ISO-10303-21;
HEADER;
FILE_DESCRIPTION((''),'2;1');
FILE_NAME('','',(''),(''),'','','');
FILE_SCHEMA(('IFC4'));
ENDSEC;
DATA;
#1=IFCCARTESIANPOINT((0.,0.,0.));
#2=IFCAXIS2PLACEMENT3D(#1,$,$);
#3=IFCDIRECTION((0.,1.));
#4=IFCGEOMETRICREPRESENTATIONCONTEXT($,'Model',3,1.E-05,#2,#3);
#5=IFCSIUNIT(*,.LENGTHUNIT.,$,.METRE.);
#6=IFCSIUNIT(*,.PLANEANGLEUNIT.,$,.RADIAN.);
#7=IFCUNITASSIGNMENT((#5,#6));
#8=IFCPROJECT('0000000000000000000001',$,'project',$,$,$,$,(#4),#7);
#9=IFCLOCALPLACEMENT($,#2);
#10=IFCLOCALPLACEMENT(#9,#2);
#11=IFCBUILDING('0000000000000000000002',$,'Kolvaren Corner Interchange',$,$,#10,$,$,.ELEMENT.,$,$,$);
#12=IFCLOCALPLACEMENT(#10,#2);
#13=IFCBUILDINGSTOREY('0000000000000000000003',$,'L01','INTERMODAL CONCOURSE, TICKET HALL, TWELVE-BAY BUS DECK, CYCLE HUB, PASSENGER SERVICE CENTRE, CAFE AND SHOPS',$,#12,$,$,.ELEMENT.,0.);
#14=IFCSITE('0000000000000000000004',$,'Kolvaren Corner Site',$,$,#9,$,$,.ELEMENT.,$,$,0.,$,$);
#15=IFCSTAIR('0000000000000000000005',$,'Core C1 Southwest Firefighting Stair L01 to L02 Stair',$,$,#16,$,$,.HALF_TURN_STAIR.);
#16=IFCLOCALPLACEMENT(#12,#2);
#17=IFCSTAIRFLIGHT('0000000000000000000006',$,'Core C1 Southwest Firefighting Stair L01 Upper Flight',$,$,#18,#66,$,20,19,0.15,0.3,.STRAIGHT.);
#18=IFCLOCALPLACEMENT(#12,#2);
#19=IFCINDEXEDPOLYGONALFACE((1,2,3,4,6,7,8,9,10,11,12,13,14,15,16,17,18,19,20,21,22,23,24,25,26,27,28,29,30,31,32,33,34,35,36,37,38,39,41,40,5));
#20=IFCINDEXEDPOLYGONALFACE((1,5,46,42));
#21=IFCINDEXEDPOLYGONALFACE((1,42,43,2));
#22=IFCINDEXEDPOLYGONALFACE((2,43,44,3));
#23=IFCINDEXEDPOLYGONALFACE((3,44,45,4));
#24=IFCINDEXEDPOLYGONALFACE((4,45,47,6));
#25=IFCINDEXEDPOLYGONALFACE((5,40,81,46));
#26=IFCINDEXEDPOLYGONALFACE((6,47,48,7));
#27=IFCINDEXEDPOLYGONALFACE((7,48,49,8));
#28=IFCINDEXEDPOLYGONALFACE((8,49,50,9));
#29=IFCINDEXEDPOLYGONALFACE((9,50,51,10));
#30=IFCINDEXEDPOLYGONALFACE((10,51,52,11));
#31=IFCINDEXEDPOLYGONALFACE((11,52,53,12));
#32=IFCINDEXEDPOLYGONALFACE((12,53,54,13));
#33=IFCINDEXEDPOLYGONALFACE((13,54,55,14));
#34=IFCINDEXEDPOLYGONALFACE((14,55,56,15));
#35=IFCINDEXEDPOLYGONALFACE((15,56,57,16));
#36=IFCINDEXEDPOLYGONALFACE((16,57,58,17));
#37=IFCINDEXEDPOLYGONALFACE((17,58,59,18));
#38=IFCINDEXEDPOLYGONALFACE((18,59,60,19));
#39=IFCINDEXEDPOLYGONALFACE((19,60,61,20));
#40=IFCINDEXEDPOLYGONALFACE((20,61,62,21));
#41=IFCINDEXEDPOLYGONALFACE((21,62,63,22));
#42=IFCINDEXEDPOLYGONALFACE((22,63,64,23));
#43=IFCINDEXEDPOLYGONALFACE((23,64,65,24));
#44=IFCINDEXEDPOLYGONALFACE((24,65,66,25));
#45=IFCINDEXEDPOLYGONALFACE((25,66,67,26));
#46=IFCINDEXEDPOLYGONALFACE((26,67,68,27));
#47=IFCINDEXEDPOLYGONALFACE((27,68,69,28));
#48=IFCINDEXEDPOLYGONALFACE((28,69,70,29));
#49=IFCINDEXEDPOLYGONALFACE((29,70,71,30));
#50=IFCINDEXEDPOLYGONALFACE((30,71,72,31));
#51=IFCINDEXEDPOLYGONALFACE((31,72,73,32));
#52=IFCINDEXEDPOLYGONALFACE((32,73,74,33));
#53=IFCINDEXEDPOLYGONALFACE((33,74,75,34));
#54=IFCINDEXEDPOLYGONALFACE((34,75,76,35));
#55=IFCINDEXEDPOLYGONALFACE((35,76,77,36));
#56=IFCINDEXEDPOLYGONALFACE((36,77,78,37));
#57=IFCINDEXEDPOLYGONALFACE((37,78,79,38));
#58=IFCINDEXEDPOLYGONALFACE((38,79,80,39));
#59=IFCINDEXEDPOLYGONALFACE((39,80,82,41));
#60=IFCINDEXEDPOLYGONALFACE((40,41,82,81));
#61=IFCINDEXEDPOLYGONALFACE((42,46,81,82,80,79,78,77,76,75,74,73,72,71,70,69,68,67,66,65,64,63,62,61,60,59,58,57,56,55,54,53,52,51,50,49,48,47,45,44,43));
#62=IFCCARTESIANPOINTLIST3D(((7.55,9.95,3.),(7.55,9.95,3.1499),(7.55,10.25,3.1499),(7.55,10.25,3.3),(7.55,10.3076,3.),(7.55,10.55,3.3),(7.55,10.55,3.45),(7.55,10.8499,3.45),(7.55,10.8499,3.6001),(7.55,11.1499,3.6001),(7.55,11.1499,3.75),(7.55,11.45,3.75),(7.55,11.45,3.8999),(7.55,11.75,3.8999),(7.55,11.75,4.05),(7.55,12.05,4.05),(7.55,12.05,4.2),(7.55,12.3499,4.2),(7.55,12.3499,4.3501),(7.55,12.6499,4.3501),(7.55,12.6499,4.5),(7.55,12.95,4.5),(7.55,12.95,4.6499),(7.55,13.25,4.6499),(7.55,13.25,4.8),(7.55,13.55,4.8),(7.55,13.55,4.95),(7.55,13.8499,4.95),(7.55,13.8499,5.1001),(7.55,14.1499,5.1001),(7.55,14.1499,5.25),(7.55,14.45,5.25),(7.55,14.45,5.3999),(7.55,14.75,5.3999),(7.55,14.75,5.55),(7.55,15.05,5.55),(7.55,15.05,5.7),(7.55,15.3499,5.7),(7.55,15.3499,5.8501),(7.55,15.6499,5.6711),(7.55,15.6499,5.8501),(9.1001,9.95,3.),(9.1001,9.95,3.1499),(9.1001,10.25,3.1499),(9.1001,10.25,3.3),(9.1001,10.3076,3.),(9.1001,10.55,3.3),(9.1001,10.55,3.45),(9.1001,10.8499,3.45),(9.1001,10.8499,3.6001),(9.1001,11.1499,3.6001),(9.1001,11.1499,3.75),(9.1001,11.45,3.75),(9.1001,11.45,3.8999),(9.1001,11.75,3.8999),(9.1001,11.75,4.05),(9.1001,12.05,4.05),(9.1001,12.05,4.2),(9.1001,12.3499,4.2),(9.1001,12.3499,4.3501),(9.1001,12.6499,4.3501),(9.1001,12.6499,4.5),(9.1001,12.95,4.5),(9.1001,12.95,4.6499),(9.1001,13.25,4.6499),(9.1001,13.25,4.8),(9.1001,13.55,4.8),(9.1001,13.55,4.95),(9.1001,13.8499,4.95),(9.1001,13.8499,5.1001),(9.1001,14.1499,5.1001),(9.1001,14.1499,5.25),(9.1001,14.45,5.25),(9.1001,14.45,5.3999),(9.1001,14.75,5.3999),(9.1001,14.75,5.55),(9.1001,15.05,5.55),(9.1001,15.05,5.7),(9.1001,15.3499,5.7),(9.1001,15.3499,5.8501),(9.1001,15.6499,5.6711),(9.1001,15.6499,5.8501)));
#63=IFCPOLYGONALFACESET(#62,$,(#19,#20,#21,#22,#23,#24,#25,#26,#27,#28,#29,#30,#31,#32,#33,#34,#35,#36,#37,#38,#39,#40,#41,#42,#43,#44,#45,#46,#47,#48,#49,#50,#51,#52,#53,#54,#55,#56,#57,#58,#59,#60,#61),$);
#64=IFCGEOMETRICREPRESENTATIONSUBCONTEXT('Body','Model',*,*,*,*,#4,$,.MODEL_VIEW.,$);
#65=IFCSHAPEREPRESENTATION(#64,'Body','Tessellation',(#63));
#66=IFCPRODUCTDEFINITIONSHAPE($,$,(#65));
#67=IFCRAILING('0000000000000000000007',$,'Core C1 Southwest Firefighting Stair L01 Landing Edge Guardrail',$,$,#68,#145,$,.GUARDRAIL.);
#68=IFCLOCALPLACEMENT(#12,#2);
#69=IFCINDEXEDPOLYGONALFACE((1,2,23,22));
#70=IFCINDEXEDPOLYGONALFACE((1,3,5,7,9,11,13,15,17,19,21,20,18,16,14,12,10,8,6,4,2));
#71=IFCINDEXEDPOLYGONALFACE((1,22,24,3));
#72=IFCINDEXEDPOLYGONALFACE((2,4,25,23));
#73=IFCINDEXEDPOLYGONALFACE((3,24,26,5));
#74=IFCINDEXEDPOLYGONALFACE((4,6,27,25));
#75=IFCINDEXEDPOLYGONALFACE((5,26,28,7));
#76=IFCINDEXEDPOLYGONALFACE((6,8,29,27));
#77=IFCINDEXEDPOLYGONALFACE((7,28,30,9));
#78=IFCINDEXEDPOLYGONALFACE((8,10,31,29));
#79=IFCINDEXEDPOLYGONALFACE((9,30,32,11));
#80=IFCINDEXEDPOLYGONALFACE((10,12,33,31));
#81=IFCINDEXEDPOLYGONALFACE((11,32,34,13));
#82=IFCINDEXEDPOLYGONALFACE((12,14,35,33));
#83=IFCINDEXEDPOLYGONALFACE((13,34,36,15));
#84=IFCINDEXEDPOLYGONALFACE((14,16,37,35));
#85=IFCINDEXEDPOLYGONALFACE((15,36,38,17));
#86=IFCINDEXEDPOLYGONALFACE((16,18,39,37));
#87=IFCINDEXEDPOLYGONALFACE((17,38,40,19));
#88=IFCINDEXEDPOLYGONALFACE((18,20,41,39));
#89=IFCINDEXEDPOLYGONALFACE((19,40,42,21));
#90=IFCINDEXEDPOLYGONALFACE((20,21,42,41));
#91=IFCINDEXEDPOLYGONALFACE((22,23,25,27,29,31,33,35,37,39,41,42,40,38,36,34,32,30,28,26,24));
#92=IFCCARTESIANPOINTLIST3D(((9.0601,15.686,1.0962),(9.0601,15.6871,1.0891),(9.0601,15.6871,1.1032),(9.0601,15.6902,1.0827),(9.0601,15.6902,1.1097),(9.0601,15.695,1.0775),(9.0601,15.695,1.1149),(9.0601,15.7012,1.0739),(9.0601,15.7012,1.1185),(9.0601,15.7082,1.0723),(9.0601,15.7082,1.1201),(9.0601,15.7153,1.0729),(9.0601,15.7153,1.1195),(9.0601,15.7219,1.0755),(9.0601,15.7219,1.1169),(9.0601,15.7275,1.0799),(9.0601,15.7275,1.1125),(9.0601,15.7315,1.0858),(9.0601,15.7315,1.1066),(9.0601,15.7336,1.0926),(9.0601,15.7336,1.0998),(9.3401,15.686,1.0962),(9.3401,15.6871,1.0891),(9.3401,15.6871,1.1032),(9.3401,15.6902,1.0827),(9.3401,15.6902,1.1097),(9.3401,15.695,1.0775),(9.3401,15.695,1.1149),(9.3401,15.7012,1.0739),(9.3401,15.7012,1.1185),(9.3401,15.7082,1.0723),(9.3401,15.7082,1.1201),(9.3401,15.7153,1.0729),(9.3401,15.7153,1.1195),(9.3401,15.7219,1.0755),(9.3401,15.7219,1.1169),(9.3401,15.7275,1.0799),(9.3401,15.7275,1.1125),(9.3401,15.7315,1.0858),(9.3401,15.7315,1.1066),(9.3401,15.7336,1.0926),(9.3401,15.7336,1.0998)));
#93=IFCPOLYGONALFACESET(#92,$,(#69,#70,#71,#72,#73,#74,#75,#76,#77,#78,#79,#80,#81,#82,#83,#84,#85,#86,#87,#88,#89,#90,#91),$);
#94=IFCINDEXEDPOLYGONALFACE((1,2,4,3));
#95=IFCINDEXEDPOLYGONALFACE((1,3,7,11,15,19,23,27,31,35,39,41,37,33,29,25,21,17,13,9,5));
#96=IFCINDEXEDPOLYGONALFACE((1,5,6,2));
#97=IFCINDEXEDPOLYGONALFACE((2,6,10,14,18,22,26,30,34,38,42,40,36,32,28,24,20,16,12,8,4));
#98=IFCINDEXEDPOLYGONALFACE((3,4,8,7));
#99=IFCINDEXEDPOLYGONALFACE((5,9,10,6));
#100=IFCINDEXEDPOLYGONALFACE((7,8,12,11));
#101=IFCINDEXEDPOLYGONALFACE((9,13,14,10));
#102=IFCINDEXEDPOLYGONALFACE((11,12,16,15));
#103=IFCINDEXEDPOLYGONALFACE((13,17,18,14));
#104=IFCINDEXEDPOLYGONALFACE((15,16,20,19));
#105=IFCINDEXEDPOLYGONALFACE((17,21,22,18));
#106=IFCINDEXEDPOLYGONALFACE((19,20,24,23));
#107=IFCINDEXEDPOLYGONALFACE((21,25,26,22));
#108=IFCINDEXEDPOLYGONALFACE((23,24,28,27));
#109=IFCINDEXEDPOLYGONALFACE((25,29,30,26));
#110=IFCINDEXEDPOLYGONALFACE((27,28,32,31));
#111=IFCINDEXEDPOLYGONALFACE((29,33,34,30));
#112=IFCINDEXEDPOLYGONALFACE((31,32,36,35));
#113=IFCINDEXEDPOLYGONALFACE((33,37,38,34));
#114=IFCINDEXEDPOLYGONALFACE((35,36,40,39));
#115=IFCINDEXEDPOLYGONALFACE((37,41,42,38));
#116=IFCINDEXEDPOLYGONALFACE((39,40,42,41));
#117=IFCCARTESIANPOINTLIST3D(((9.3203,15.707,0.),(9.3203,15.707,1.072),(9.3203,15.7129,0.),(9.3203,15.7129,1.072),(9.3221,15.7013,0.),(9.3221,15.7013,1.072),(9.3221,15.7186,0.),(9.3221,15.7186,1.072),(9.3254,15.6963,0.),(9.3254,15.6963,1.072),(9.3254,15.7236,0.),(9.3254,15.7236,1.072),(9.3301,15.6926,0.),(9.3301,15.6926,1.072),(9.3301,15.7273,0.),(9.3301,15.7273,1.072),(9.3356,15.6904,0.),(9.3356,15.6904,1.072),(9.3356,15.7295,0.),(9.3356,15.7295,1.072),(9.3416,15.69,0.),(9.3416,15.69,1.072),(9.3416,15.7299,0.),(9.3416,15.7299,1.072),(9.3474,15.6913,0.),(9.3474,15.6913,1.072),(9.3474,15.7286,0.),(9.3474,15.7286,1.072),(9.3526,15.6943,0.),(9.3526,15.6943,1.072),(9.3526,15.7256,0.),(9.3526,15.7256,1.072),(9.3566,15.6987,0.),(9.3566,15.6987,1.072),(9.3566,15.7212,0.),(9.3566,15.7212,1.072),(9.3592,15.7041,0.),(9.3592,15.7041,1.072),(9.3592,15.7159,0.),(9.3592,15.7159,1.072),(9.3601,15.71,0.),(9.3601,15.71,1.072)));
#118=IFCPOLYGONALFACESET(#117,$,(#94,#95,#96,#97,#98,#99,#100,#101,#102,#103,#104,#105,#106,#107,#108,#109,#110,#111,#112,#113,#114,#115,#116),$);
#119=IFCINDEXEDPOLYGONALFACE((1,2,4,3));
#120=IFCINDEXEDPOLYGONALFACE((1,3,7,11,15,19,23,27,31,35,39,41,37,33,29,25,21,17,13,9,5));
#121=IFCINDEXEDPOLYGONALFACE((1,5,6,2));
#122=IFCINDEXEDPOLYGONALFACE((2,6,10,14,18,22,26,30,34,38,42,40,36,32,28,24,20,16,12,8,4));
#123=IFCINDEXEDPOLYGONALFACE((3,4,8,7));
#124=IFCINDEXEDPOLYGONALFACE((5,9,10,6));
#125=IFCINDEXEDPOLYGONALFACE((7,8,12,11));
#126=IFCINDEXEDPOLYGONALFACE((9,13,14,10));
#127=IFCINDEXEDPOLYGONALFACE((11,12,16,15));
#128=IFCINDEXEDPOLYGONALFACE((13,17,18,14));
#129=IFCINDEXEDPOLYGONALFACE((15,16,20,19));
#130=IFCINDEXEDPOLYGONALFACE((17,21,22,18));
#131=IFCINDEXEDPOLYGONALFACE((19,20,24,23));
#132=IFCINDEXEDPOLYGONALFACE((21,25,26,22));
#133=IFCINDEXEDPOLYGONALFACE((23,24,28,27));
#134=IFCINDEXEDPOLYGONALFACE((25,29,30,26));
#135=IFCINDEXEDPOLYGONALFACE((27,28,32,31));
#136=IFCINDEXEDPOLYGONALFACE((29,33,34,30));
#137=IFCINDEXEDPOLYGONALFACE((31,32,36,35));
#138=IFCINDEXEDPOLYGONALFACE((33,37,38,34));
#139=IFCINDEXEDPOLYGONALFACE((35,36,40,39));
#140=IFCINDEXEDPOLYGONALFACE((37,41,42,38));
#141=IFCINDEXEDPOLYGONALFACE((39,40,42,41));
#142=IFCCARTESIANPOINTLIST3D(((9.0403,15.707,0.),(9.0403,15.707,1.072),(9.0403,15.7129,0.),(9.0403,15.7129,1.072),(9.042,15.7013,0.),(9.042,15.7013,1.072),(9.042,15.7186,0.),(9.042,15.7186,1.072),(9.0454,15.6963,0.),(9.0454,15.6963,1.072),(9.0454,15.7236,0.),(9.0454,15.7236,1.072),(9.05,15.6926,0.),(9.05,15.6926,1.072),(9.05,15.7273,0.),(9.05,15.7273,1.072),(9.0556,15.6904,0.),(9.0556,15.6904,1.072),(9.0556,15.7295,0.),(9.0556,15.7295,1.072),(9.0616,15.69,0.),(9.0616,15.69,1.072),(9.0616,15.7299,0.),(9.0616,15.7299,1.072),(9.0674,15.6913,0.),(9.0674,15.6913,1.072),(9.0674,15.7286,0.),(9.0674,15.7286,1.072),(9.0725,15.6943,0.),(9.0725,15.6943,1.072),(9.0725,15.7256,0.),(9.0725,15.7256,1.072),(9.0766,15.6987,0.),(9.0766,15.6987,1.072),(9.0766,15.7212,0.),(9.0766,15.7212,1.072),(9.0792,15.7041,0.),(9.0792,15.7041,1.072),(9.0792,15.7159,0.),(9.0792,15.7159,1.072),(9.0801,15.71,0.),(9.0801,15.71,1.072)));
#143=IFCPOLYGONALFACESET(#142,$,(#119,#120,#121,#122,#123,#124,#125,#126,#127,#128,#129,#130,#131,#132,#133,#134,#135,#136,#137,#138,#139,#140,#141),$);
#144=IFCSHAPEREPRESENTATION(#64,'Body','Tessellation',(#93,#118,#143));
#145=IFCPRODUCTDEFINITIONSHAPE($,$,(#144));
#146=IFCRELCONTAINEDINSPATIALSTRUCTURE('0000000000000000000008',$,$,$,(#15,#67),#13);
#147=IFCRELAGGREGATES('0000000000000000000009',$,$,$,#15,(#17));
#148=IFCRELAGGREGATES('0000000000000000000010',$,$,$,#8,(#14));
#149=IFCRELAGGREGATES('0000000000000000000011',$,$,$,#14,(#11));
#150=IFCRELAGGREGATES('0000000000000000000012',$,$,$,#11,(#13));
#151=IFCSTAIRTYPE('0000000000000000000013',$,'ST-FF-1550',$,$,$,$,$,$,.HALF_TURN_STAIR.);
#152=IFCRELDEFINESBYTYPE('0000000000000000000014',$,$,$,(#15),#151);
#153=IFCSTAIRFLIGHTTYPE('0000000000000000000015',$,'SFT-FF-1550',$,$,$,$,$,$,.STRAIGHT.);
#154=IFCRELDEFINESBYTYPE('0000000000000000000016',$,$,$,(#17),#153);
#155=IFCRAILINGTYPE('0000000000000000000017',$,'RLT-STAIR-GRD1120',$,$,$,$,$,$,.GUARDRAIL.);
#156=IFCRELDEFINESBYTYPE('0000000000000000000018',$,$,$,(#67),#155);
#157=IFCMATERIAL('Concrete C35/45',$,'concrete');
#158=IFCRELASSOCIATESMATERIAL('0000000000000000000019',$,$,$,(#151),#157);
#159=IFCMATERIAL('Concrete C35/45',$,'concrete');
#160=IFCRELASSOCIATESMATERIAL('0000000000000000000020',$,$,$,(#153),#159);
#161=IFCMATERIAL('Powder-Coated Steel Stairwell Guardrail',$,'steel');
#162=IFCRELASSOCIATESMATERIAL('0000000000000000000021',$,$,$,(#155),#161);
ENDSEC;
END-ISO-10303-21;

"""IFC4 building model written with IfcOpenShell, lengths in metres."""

from ifc_helpers import new_model, si_unit, direction, frame, origin, origin_2d, place, context, subcontext, project, spatial, polyline, circle, outline, extrude, material, type_object, element, aggregate, save


model = new_model("IFC4")

# Units and contexts
model_context = context("Model", 3, precision=1e-05, world=origin(), true_north=direction((0.0, 1.0)))
body_context = subcontext(model_context, "Body", "Model", "MODEL_VIEW")
ifc_project = project(units=[si_unit("LENGTHUNIT", "METRE"), si_unit("PLANEANGLEUNIT", "RADIAN")], contexts=[model_context])

# Site, building, storey
site_placement = place(None, origin())
site = spatial("IfcSite", under=ifc_project, at=site_placement, Name="Kolvaren Corner Site", CompositionType="ELEMENT", RefElevation=0.0)
building_placement = place(site_placement, origin())
building = spatial("IfcBuilding", under=site, at=building_placement, Name="Kolvaren Corner Interchange", CompositionType="ELEMENT")
storey_placement = place(building_placement, origin())
storey = spatial("IfcBuildingStorey", under=building, at=storey_placement, Name="L01", Description="INTERMODAL CONCOURSE, TICKET HALL, TWELVE-BAY BUS DECK, CYCLE HUB, PASSENGER SERVICE CENTRE, CAFE AND SHOPS", CompositionType="ELEMENT", Elevation=0.0)

# Stair, stair flight
ifc_material_1 = material(Name="Concrete C35/45", Category="concrete")
stair_type = type_object("IfcStairType", Name="ST-FF-1550", PredefinedType="HALF_TURN_STAIR", material=ifc_material_1)
stair_placement = place(storey_placement, origin())
stair = element("IfcStair", 1, at=stair_placement, inside=storey, type_object=stair_type, Name="Core C1 Southwest Firefighting Stair L01 to L02 Stair", PredefinedType="HALF_TURN_STAIR")
ifc_material_2 = material(Name="Concrete C35/45", Category="concrete")
stair_flight_type = type_object("IfcStairFlightType", Name="SFT-FF-1550", PredefinedType="STRAIGHT", material=ifc_material_2)
stair_flight_1_placement = place(storey_placement, frame((8.325, 9.95, 3.0), z_axis=(0.0, 0.0, 1.0), x_axis=(0.0, 1.0, 0.0)))
stair_flight_1 = element("IfcStairFlight", 2, at=stair_flight_1_placement, type_object=stair_flight_type, Name="Core C1 Southwest Firefighting Stair L01 Upper Flight", NumberOfRisers=20, NumberOfTreads=19, PredefinedType="STRAIGHT", RiserHeight=0.15, TreadLength=0.3, context=body_context, shape_type="SweptSolid", body=[
    extrude(outline(polyline([(0.0, 0.0), (0.0, 0.1499), (0.3, 0.1499), (0.3, 0.3), (0.6001, 0.3), (0.6001, 0.45), (0.8999, 0.45), (0.8999, 0.6001), (1.2, 0.6001), (1.2, 0.75), (1.5, 0.75), (1.5, 0.8999), (1.8, 0.8999), (1.8, 1.05), (2.1001, 1.05), (2.1001, 1.2), (2.3999, 1.2), (2.3999, 1.3501), (2.7, 1.3501), (2.7, 1.5), (3.0, 1.5), (3.0, 1.6499), (3.3, 1.6499), (3.3, 1.8), (3.6001, 1.8), (3.6001, 1.95), (3.8999, 1.95), (3.8999, 2.1001), (4.2, 2.1001), (4.2, 2.25), (4.5, 2.25), (4.5, 2.3999), (4.8, 2.3999), (4.8, 2.55), (5.1001, 2.55), (5.1001, 2.7), (5.3999, 2.7), (5.3999, 2.8501), (5.7, 2.8501), (5.7, 3.0), (5.7, 2.6711), (0.3577, 0.0), (0.0, 0.0)])), frame((0.0, 0.7749, 0.0), z_axis=(0.0, -1.0, 0.0), x_axis=(1.0, 0.0, 0.0)), (0.0, 0.0, 1.0), 1.55),
])

# Railing
ifc_material_3 = material(Name="Powder-Coated Steel Stairwell Guardrail", Category="steel")
railing_type_1 = type_object("IfcRailingType", Name="RLT-STAIR-GRD1120", PredefinedType="GUARDRAIL", material=ifc_material_3)
railing_1_placement = place(storey_placement, frame((9.3401, 15.71, 0.0)))
element("IfcRailing", 3, at=railing_1_placement, inside=storey, type_object=railing_type_1, Name="Core C1 Southwest Firefighting Stair L01 Landing Edge Guardrail", PredefinedType="GUARDRAIL", context=body_context, shape_type="SweptSolid", body=[
    extrude(circle(Radius=0.0239, at=origin_2d()), frame((0.0, 0.0, 1.0962), z_axis=(-1.0, 0.0, 0.0), x_axis=(0.0, -1.0, 0.0)), (0.0, 0.0, 1.0), 0.28),
    extrude(circle(Radius=0.02, at=origin_2d()), origin(), (0.0, 0.0, 1.0), 1.072),
    extrude(circle(Radius=0.02, at=origin_2d()), frame((-0.28, 0.0, 0.0)), (0.0, 0.0, 1.0), 1.072),
])
aggregate(stair, [stair_flight_1])

save(model, "model.ifc")
